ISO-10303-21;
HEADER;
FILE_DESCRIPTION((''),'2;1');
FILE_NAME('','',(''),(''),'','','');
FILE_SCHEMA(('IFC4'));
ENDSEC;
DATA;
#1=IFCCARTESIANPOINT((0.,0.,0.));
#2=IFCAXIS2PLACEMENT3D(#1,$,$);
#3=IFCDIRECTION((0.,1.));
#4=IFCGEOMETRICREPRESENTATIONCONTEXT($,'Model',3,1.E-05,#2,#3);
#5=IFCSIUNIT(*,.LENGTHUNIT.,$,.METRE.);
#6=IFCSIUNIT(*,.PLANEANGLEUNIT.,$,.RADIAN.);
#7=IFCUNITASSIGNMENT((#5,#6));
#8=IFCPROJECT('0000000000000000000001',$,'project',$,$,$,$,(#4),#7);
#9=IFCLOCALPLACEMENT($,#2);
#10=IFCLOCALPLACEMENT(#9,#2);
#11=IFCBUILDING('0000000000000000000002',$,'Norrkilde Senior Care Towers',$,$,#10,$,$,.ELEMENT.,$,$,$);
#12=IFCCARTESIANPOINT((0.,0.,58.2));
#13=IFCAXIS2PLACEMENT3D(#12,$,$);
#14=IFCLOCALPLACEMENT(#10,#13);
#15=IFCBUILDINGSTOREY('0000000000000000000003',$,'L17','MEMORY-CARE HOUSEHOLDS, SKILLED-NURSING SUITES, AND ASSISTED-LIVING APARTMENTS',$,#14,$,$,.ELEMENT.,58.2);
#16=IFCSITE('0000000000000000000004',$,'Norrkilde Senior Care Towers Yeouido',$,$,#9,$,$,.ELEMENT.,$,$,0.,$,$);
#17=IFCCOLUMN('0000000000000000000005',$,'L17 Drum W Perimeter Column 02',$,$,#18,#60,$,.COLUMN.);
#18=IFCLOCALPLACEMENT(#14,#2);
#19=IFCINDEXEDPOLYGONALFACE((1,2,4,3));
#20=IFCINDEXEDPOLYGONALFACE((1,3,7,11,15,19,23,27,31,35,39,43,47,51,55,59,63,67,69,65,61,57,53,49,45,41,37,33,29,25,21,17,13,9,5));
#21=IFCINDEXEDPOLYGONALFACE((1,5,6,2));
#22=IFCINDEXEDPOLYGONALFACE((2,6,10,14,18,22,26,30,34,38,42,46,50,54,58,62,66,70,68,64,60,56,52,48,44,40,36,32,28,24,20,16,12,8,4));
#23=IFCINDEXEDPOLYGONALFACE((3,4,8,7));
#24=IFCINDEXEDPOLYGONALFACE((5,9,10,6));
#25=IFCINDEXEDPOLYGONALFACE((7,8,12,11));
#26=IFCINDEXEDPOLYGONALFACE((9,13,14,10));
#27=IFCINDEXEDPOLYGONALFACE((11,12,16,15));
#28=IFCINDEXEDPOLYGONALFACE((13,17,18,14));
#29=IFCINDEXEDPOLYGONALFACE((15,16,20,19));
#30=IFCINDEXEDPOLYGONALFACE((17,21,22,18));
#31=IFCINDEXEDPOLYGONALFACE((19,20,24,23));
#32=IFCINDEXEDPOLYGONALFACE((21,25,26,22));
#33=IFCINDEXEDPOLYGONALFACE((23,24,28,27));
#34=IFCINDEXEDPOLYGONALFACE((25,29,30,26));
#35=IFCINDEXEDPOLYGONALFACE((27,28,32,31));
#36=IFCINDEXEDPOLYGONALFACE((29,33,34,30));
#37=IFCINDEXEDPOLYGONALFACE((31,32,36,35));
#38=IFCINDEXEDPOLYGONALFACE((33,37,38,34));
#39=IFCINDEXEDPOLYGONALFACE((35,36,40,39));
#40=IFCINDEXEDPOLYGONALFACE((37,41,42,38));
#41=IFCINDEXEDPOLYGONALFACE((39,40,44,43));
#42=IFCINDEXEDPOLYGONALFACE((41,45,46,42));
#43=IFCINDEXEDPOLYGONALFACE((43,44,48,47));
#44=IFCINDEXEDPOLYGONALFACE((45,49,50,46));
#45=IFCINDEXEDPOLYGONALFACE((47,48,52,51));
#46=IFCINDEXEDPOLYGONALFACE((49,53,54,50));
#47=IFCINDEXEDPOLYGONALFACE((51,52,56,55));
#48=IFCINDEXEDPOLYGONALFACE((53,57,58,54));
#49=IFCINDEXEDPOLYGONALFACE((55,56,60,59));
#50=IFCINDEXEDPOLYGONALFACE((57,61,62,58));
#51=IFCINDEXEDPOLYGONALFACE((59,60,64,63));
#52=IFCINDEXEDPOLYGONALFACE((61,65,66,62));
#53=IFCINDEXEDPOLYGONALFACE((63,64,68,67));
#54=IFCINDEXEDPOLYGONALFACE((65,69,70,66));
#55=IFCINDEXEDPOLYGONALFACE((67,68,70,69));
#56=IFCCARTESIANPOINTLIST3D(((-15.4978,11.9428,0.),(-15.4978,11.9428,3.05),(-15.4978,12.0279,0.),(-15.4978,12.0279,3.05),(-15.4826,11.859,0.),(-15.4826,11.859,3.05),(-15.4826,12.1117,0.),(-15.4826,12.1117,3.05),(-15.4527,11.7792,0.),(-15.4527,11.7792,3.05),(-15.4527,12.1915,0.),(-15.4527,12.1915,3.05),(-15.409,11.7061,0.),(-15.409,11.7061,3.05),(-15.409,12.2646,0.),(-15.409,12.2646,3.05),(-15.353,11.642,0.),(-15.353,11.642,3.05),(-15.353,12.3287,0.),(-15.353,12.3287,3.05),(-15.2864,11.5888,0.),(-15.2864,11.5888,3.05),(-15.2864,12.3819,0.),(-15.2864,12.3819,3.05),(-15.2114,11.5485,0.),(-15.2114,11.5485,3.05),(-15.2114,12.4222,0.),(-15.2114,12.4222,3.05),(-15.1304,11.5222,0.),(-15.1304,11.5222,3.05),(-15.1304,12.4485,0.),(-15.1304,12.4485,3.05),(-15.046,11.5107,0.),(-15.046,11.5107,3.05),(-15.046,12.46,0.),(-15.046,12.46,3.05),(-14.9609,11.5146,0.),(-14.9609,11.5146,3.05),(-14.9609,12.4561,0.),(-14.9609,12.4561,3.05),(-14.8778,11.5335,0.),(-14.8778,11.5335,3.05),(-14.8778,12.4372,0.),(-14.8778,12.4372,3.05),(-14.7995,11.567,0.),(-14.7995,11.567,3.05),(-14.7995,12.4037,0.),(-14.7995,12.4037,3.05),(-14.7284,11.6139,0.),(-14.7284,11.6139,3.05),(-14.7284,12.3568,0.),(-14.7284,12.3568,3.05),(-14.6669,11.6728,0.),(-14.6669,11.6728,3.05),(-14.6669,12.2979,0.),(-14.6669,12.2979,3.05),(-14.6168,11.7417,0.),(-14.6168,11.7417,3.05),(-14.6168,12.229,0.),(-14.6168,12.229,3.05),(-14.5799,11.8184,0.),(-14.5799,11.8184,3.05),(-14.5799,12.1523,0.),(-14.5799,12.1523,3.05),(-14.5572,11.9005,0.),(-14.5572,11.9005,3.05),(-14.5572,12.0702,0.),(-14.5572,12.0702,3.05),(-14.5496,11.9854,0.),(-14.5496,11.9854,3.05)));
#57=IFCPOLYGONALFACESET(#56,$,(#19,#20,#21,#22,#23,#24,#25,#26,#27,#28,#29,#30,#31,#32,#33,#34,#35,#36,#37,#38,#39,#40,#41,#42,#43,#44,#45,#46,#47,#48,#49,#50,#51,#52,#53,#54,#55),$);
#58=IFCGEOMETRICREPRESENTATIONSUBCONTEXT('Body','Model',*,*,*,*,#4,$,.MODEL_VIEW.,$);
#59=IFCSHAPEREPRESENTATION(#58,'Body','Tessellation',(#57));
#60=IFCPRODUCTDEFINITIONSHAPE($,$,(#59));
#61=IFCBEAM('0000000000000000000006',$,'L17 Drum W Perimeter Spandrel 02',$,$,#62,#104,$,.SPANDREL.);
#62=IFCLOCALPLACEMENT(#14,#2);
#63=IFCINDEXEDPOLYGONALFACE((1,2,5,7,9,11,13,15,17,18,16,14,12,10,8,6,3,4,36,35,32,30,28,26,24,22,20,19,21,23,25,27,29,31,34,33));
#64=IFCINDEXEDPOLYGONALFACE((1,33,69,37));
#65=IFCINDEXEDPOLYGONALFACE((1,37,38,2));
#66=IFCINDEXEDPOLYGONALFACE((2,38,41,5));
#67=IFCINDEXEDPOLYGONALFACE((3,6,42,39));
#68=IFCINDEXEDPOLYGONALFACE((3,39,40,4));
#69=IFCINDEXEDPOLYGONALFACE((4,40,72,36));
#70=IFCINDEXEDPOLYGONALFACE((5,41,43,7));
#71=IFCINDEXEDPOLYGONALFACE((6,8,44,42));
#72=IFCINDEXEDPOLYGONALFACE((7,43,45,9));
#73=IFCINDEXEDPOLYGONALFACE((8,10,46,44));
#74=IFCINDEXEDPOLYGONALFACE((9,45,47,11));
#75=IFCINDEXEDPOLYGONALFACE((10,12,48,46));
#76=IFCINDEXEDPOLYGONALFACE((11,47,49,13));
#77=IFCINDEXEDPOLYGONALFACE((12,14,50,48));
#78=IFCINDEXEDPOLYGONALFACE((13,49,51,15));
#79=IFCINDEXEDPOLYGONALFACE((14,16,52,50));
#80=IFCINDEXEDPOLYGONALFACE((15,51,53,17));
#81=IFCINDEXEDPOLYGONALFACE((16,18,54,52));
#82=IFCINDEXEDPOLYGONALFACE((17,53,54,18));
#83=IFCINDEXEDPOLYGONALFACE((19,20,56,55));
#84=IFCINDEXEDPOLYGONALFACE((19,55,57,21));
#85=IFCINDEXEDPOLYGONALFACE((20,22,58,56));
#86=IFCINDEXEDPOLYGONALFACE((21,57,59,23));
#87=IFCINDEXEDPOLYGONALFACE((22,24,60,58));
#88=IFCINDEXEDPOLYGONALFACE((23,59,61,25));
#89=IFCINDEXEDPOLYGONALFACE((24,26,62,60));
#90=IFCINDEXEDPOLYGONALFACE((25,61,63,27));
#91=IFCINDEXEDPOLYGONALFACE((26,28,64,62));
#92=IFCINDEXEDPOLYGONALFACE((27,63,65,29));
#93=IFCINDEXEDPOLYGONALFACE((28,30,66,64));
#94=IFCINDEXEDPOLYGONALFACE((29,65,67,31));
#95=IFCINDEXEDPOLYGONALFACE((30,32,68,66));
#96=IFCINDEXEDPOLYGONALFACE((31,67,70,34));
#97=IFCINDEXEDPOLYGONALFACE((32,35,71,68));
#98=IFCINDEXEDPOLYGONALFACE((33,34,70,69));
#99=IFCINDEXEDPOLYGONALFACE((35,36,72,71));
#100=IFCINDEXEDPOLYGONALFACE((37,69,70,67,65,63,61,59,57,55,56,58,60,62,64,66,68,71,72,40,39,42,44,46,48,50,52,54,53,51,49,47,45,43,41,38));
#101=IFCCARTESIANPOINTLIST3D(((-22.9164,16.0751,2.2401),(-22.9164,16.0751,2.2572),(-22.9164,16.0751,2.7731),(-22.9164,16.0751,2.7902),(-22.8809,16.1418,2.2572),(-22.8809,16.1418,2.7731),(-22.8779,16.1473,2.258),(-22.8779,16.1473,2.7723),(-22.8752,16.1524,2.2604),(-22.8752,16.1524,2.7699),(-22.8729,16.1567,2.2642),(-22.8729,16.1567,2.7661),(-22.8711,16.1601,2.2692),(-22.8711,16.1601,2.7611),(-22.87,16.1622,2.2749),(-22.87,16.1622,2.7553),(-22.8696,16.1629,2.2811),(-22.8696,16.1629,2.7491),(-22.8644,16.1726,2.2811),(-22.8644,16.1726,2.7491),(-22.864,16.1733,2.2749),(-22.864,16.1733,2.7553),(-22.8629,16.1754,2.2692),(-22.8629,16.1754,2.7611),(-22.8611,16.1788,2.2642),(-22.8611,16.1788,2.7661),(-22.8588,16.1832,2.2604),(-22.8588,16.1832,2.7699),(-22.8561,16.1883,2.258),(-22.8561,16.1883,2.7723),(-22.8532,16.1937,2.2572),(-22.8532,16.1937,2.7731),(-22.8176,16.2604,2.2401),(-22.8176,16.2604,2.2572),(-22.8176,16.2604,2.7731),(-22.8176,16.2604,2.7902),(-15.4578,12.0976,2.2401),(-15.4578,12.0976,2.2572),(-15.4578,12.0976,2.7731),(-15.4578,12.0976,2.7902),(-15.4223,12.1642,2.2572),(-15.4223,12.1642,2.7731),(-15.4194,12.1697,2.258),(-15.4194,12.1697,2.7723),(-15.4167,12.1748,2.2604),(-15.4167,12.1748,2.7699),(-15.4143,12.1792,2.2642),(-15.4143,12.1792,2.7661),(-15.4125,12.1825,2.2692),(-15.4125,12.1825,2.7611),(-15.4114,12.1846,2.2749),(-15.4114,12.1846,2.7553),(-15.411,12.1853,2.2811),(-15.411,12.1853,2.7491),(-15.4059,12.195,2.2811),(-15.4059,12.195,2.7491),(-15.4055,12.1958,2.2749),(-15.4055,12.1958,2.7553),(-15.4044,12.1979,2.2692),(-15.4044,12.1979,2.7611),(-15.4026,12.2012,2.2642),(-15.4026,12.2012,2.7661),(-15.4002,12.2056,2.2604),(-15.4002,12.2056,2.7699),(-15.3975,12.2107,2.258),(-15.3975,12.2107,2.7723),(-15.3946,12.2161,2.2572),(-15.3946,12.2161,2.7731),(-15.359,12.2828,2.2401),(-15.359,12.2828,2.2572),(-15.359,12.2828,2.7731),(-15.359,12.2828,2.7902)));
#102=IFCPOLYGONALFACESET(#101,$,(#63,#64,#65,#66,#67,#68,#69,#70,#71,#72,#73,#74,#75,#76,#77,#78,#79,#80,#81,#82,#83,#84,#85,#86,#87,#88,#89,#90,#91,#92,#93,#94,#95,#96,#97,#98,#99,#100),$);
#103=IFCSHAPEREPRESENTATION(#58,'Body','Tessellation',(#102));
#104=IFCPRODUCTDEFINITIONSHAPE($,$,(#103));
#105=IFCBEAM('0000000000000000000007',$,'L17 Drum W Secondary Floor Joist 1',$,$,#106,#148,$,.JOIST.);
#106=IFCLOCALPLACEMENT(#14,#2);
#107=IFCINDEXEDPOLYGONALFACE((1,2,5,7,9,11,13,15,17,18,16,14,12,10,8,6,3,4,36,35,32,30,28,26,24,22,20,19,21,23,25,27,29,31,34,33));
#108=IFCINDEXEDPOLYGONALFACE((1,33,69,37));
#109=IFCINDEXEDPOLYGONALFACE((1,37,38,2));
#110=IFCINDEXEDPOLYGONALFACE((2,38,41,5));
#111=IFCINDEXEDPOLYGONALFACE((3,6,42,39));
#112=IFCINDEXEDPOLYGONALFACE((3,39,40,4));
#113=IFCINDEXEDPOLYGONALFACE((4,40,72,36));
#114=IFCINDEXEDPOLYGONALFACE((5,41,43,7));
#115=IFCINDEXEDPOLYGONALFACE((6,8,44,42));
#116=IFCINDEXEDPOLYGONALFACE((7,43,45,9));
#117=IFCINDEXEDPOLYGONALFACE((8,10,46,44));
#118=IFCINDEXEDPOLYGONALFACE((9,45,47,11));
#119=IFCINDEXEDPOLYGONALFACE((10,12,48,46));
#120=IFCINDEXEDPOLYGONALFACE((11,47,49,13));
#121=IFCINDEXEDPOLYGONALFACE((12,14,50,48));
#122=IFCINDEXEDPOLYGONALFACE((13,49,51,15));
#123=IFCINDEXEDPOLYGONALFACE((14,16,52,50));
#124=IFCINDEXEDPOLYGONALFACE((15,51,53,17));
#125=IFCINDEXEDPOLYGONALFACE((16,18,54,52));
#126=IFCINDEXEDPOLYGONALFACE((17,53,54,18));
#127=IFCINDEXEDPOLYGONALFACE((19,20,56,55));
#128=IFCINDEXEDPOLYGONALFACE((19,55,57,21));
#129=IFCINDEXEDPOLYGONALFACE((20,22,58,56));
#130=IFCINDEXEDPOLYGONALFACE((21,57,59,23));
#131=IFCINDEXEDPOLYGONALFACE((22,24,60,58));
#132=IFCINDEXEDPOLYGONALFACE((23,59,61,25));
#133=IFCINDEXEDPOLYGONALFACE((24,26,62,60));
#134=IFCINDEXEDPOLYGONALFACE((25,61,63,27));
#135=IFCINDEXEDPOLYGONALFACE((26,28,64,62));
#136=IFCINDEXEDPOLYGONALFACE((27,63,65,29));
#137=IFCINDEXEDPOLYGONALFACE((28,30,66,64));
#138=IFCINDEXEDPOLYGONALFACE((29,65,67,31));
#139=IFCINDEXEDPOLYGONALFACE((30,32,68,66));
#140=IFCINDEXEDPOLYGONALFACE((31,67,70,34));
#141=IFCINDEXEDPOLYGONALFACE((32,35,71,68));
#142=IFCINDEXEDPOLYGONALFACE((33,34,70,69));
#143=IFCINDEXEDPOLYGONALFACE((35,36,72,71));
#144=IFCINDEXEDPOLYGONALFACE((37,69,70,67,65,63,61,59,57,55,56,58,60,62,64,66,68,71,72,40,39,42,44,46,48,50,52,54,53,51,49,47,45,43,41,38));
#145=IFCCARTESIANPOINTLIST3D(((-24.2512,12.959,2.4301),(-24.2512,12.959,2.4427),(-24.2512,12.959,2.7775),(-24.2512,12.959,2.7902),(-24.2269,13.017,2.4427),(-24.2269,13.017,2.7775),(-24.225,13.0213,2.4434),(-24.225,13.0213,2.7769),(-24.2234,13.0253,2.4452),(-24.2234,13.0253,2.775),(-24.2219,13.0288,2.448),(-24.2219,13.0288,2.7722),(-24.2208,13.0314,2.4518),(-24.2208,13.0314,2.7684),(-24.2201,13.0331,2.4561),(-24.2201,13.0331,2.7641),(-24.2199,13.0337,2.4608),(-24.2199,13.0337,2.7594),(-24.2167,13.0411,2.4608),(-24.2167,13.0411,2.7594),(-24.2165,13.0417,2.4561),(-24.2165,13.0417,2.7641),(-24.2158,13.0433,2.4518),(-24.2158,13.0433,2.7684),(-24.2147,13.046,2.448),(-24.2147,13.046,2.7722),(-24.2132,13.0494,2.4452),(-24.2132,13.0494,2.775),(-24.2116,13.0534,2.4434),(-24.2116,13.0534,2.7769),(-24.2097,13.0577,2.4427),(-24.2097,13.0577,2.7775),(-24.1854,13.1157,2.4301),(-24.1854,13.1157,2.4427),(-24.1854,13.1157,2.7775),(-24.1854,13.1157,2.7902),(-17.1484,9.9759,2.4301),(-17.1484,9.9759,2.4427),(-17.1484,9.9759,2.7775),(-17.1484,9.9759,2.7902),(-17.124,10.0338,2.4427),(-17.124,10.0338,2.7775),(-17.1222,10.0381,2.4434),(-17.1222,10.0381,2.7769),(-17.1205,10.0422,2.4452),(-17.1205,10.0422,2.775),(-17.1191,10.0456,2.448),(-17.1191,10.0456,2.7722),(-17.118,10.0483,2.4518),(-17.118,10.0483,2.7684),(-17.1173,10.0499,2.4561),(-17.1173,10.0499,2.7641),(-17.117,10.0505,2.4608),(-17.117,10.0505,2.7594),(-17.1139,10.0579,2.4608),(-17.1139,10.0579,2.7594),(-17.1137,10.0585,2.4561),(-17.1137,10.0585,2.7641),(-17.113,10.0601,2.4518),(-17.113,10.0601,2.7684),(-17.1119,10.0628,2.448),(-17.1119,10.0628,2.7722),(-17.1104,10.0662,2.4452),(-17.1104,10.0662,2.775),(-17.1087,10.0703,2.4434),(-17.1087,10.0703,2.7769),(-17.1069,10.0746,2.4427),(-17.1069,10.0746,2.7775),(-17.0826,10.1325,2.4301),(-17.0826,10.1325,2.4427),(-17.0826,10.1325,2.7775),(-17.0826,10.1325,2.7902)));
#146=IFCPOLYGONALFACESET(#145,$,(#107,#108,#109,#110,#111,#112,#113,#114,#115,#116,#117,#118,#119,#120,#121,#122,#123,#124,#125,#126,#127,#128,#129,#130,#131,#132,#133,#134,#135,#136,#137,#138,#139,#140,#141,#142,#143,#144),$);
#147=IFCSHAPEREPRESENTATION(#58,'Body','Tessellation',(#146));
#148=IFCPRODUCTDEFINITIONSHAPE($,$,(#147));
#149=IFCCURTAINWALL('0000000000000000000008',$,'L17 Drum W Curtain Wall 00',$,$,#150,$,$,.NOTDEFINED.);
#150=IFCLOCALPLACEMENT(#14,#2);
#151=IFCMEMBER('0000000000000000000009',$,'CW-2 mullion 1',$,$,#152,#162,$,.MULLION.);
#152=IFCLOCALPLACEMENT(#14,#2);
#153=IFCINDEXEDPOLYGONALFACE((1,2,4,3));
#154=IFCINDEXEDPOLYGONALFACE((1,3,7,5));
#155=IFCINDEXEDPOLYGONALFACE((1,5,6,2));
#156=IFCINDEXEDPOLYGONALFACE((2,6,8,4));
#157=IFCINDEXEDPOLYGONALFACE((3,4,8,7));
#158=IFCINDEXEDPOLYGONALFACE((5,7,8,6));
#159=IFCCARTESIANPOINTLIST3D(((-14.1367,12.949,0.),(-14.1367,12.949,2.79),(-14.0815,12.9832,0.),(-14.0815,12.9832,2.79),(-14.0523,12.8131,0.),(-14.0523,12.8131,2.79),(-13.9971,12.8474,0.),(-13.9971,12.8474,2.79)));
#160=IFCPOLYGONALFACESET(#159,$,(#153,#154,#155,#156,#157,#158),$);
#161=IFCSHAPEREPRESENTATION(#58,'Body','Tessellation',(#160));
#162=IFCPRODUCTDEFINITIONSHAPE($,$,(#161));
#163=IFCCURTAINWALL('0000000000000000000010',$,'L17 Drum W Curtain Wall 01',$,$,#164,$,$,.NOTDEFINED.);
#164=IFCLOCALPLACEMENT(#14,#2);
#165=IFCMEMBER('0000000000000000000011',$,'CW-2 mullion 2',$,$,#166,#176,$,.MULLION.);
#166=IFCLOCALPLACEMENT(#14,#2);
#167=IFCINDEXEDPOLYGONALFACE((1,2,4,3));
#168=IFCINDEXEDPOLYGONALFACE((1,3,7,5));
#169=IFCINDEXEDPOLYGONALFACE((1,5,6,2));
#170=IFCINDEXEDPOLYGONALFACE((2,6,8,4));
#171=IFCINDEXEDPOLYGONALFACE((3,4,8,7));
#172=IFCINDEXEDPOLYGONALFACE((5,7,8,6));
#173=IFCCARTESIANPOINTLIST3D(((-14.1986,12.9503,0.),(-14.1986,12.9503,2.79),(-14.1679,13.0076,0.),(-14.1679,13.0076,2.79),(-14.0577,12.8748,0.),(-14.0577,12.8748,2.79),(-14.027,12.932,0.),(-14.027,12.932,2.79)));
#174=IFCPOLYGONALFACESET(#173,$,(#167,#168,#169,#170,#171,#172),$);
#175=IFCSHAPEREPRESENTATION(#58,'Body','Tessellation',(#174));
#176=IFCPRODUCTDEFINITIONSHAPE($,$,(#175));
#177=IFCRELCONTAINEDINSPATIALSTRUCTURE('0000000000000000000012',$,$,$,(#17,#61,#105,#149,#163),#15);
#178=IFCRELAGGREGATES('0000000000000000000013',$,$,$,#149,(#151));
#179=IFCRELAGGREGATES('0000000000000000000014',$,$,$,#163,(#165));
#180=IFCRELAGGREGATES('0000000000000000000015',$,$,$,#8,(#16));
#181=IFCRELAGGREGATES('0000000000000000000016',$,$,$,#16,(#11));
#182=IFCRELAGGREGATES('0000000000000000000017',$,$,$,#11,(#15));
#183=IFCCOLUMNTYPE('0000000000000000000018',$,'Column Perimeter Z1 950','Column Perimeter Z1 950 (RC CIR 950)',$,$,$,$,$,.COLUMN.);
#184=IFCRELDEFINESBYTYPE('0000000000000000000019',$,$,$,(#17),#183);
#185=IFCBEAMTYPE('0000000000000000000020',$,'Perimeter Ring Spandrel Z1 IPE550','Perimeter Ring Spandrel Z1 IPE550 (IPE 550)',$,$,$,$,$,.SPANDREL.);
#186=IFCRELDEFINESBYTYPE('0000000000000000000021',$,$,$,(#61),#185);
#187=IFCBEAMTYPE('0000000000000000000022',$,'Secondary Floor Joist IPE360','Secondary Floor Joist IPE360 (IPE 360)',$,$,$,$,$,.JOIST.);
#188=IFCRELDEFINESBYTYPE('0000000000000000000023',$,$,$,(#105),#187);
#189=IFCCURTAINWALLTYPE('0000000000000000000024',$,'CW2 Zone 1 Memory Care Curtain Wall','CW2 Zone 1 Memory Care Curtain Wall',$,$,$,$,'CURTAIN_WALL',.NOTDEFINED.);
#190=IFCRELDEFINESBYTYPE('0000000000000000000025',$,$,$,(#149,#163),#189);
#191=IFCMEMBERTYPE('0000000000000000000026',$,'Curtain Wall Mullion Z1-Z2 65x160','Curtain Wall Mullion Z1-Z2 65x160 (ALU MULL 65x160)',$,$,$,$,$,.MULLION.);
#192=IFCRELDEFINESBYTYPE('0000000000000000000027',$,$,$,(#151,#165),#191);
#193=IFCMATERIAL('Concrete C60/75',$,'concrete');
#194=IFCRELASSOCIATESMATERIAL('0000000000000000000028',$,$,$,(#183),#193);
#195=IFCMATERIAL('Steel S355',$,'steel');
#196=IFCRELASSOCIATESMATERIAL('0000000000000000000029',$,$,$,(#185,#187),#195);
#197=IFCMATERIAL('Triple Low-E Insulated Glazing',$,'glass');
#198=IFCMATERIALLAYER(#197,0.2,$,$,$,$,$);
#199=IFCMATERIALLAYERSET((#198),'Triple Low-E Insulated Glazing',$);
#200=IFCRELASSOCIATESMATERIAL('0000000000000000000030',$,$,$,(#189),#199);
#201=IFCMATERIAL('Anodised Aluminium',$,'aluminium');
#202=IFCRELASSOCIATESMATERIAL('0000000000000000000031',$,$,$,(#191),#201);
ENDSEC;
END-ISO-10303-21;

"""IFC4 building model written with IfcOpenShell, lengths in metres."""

from ifc_helpers import new_model, si_unit, direction, frame, origin, origin_2d, place, context, subcontext, project, spatial, rectangle, circle, i_section, extrude, source, transform, mapped, material, layer, layer_set, material_profile, profile_set, type_object, type_shapes, element, aggregate, save


model = new_model("IFC4")

# Units and contexts
model_context = context("Model", 3, precision=1e-05, world=origin(), true_north=direction((0.0, 1.0)))
body_context = subcontext(model_context, "Body", "Model", "MODEL_VIEW")
ifc_project = project(units=[si_unit("LENGTHUNIT", "METRE"), si_unit("PLANEANGLEUNIT", "RADIAN")], contexts=[model_context])

# Site, building, storey
site_placement = place(None, origin())
site = spatial("IfcSite", under=ifc_project, at=site_placement, Name="Norrkilde Senior Care Towers Yeouido", CompositionType="ELEMENT", RefElevation=0.0)
building_placement = place(site_placement, origin())
building = spatial("IfcBuilding", under=site, at=building_placement, Name="Norrkilde Senior Care Towers", CompositionType="ELEMENT")
storey_placement = place(building_placement, frame((0.0, 0.0, 58.2)))
storey = spatial("IfcBuildingStorey", under=building, at=storey_placement, Name="L17", Description="MEMORY-CARE HOUSEHOLDS, SKILLED-NURSING SUITES, AND ASSISTED-LIVING APARTMENTS", CompositionType="ELEMENT", Elevation=58.2)

# Column
ifc_material_1 = material(Name="Concrete C60/75", Category="concrete")
ifc_material_profile_1 = material_profile(ifc_material_1, circle(Radius=0.4751, at=origin_2d()), Name="RC CIR 950")
ifc_profile_set_1 = profile_set([ifc_material_profile_1], Name="Concrete C60/75")
column_type = type_object("IfcColumnType", Name="Column Perimeter Z1 950", Description="Column Perimeter Z1 950 (RC CIR 950)", PredefinedType="COLUMN", material=ifc_profile_set_1)
shared_shape_1 = source(origin(), body_context, "Body", "SweptSolid", [
    extrude(circle(Radius=0.4751, at=origin_2d()), origin(), (0.0, 0.0, 1.0), 3.05),
])
type_shapes(column_type, [shared_shape_1])
column_placement = place(storey_placement, frame((-15.0247, 11.9854, 0.0), z_axis=(0.0, 0.0, 1.0), x_axis=(1.0, 0.0, 0.0)))
element("IfcColumn", 1, at=column_placement, inside=storey, type_object=column_type, Name="L17 Drum W Perimeter Column 02", PredefinedType="COLUMN", context=body_context, shape_type="MappedRepresentation", body=[
    mapped(shared_shape_1, transform((0.0, 0.0, 0.0), x_axis=(1.0, 0.0, 0.0), y_axis=(0.0, 1.0, 0.0), z_axis=(0.0, 0.0, 1.0), scale=1.0)),
])

# Beams
ifc_material_2 = material(Name="Steel S355", Category="steel")
ifc_material_profile_2 = material_profile(ifc_material_2, i_section(OverallWidth=0.21, OverallDepth=0.55, WebThickness=0.011, FlangeThickness=0.0171, FilletRadius=0.0239, at=origin_2d()), Name="IPE 550")
ifc_profile_set_2 = profile_set([ifc_material_profile_2], Name="Steel S355")
beam_type_1 = type_object("IfcBeamType", Name="Perimeter Ring Spandrel Z1 IPE550", Description="Perimeter Ring Spandrel Z1 IPE550 (IPE 550)", PredefinedType="SPANDREL", material=ifc_profile_set_2)
shared_shape_2 = source(origin(), body_context, "Body", "SweptSolid", [
    extrude(i_section(OverallWidth=0.21, OverallDepth=0.55, WebThickness=0.011, FlangeThickness=0.0171, FilletRadius=0.0239, at=origin_2d()), origin(), (0.0, 0.0, 1.0), 8.4529),
])
type_shapes(beam_type_1, [shared_shape_2])
beam_1_placement = place(storey_placement, frame((-15.4084, 12.1902, 2.5151), z_axis=(-0.882369, 0.470558, 0.0), x_axis=(-0.470558, -0.882369, 0.0)))
element("IfcBeam", 2, at=beam_1_placement, inside=storey, type_object=beam_type_1, Name="L17 Drum W Perimeter Spandrel 02", PredefinedType="SPANDREL", context=body_context, shape_type="MappedRepresentation", body=[
    mapped(shared_shape_2, transform((0.0, 0.0, 0.0), x_axis=(1.0, 0.0, 0.0), y_axis=(0.0, 1.0, 0.0), z_axis=(0.0, 0.0, 1.0), scale=1.0)),
])
ifc_material_profile_3 = material_profile(ifc_material_2, i_section(OverallWidth=0.1699, OverallDepth=0.3601, WebThickness=0.0081, FlangeThickness=0.0127, FilletRadius=0.0181, at=origin_2d()), Name="IPE 360")
ifc_profile_set_3 = profile_set([ifc_material_profile_3], Name="Steel S355")
beam_type_2 = type_object("IfcBeamType", Name="Secondary Floor Joist IPE360", Description="Secondary Floor Joist IPE360 (IPE 360)", PredefinedType="JOIST", material=ifc_profile_set_3)
shared_shape_3 = source(origin(), body_context, "Body", "SweptSolid", [
    extrude(i_section(OverallWidth=0.1699, OverallDepth=0.3601, WebThickness=0.0081, FlangeThickness=0.0127, FilletRadius=0.0181, at=origin_2d()), origin(), (0.0, 0.0, 1.0), 7.7039),
])
type_shapes(beam_type_2, [shared_shape_3])
beam_2_placement = place(storey_placement, frame((-17.1155, 10.0542, 2.6101), z_axis=(-0.921983, 0.387231, 0.0), x_axis=(-0.387231, -0.921983, 0.0)))
element("IfcBeam", 3, at=beam_2_placement, inside=storey, type_object=beam_type_2, Name="L17 Drum W Secondary Floor Joist 1", PredefinedType="JOIST", context=body_context, shape_type="MappedRepresentation", body=[
    mapped(shared_shape_3, transform((0.0, 0.0, 0.0), x_axis=(1.0, 0.0, 0.0), y_axis=(0.0, 1.0, 0.0), z_axis=(0.0, 0.0, 1.0), scale=1.0)),
])

# Curtain walls, members
ifc_material_3 = material(Name="Triple Low-E Insulated Glazing", Category="glass")
ifc_layer_1 = layer(ifc_material_3, 0.2)
ifc_layer_set_1 = layer_set([ifc_layer_1], Name="Triple Low-E Insulated Glazing")
curtain_wall_type = type_object("IfcCurtainWallType", Name="CW2 Zone 1 Memory Care Curtain Wall", Description="CW2 Zone 1 Memory Care Curtain Wall", ElementType="CURTAIN_WALL", PredefinedType="NOTDEFINED", material=ifc_layer_set_1)
curtain_wall_1_placement = place(storey_placement, origin())
curtain_wall_1 = element("IfcCurtainWall", 4, at=curtain_wall_1_placement, inside=storey, type_object=curtain_wall_type, Name="L17 Drum W Curtain Wall 00", PredefinedType="NOTDEFINED")
ifc_material_4 = material(Name="Anodised Aluminium", Category="aluminium")
ifc_material_profile_4 = material_profile(ifc_material_4, rectangle(XDim=0.0649, YDim=0.1599, at=origin_2d()), Name="ALU MULL 65x160")
ifc_profile_set_4 = profile_set([ifc_material_profile_4], Name="Anodised Aluminium")
member_type_1 = type_object("IfcMemberType", Name="Curtain Wall Mullion Z1-Z2 65x160", Description="Curtain Wall Mullion Z1-Z2 65x160 (ALU MULL 65x160)", PredefinedType="MULLION", material=ifc_profile_set_4)
shared_shape_4 = source(origin(), body_context, "Body", "SweptSolid", [
    extrude(rectangle(XDim=0.0649, YDim=0.1599, at=origin_2d()), origin(), (0.0, 0.0, 1.0), 2.79),
])
type_shapes(member_type_1, [shared_shape_4])
member_1_placement = place(storey_placement, frame((-14.0669, 12.8982, 0.0), z_axis=(0.0, 0.0, 1.0), x_axis=(0.849306, 0.527901, 0.0)))
member_1 = element("IfcMember", 5, at=member_1_placement, type_object=member_type_1, Name="CW-2 mullion 1", PredefinedType="MULLION", context=body_context, shape_type="MappedRepresentation", body=[
    mapped(shared_shape_4, transform((0.0, 0.0, 0.0), x_axis=(1.0, 0.0, 0.0), y_axis=(0.0, 1.0, 0.0), z_axis=(0.0, 0.0, 1.0), scale=1.0)),
])
curtain_wall_2_placement = place(storey_placement, origin())
curtain_wall_2 = element("IfcCurtainWall", 6, at=curtain_wall_2_placement, inside=storey, type_object=curtain_wall_type, Name="L17 Drum W Curtain Wall 01", PredefinedType="NOTDEFINED")
member_2_placement = place(storey_placement, frame((-14.1128, 12.9412, 0.0), z_axis=(0.0, 0.0, 1.0), x_axis=(0.472608, 0.881273, 0.0)))
member_2 = element("IfcMember", 7, at=member_2_placement, type_object=member_type_1, Name="CW-2 mullion 2", PredefinedType="MULLION", context=body_context, shape_type="MappedRepresentation", body=[
    mapped(shared_shape_4, transform((0.0, 0.0, 0.0), x_axis=(1.0, 0.0, 0.0), y_axis=(0.0, 1.0, 0.0), z_axis=(0.0, 0.0, 1.0), scale=1.0)),
])

aggregate(curtain_wall_1, [member_1])
aggregate(curtain_wall_2, [member_2])

save(model, "model.ifc")
